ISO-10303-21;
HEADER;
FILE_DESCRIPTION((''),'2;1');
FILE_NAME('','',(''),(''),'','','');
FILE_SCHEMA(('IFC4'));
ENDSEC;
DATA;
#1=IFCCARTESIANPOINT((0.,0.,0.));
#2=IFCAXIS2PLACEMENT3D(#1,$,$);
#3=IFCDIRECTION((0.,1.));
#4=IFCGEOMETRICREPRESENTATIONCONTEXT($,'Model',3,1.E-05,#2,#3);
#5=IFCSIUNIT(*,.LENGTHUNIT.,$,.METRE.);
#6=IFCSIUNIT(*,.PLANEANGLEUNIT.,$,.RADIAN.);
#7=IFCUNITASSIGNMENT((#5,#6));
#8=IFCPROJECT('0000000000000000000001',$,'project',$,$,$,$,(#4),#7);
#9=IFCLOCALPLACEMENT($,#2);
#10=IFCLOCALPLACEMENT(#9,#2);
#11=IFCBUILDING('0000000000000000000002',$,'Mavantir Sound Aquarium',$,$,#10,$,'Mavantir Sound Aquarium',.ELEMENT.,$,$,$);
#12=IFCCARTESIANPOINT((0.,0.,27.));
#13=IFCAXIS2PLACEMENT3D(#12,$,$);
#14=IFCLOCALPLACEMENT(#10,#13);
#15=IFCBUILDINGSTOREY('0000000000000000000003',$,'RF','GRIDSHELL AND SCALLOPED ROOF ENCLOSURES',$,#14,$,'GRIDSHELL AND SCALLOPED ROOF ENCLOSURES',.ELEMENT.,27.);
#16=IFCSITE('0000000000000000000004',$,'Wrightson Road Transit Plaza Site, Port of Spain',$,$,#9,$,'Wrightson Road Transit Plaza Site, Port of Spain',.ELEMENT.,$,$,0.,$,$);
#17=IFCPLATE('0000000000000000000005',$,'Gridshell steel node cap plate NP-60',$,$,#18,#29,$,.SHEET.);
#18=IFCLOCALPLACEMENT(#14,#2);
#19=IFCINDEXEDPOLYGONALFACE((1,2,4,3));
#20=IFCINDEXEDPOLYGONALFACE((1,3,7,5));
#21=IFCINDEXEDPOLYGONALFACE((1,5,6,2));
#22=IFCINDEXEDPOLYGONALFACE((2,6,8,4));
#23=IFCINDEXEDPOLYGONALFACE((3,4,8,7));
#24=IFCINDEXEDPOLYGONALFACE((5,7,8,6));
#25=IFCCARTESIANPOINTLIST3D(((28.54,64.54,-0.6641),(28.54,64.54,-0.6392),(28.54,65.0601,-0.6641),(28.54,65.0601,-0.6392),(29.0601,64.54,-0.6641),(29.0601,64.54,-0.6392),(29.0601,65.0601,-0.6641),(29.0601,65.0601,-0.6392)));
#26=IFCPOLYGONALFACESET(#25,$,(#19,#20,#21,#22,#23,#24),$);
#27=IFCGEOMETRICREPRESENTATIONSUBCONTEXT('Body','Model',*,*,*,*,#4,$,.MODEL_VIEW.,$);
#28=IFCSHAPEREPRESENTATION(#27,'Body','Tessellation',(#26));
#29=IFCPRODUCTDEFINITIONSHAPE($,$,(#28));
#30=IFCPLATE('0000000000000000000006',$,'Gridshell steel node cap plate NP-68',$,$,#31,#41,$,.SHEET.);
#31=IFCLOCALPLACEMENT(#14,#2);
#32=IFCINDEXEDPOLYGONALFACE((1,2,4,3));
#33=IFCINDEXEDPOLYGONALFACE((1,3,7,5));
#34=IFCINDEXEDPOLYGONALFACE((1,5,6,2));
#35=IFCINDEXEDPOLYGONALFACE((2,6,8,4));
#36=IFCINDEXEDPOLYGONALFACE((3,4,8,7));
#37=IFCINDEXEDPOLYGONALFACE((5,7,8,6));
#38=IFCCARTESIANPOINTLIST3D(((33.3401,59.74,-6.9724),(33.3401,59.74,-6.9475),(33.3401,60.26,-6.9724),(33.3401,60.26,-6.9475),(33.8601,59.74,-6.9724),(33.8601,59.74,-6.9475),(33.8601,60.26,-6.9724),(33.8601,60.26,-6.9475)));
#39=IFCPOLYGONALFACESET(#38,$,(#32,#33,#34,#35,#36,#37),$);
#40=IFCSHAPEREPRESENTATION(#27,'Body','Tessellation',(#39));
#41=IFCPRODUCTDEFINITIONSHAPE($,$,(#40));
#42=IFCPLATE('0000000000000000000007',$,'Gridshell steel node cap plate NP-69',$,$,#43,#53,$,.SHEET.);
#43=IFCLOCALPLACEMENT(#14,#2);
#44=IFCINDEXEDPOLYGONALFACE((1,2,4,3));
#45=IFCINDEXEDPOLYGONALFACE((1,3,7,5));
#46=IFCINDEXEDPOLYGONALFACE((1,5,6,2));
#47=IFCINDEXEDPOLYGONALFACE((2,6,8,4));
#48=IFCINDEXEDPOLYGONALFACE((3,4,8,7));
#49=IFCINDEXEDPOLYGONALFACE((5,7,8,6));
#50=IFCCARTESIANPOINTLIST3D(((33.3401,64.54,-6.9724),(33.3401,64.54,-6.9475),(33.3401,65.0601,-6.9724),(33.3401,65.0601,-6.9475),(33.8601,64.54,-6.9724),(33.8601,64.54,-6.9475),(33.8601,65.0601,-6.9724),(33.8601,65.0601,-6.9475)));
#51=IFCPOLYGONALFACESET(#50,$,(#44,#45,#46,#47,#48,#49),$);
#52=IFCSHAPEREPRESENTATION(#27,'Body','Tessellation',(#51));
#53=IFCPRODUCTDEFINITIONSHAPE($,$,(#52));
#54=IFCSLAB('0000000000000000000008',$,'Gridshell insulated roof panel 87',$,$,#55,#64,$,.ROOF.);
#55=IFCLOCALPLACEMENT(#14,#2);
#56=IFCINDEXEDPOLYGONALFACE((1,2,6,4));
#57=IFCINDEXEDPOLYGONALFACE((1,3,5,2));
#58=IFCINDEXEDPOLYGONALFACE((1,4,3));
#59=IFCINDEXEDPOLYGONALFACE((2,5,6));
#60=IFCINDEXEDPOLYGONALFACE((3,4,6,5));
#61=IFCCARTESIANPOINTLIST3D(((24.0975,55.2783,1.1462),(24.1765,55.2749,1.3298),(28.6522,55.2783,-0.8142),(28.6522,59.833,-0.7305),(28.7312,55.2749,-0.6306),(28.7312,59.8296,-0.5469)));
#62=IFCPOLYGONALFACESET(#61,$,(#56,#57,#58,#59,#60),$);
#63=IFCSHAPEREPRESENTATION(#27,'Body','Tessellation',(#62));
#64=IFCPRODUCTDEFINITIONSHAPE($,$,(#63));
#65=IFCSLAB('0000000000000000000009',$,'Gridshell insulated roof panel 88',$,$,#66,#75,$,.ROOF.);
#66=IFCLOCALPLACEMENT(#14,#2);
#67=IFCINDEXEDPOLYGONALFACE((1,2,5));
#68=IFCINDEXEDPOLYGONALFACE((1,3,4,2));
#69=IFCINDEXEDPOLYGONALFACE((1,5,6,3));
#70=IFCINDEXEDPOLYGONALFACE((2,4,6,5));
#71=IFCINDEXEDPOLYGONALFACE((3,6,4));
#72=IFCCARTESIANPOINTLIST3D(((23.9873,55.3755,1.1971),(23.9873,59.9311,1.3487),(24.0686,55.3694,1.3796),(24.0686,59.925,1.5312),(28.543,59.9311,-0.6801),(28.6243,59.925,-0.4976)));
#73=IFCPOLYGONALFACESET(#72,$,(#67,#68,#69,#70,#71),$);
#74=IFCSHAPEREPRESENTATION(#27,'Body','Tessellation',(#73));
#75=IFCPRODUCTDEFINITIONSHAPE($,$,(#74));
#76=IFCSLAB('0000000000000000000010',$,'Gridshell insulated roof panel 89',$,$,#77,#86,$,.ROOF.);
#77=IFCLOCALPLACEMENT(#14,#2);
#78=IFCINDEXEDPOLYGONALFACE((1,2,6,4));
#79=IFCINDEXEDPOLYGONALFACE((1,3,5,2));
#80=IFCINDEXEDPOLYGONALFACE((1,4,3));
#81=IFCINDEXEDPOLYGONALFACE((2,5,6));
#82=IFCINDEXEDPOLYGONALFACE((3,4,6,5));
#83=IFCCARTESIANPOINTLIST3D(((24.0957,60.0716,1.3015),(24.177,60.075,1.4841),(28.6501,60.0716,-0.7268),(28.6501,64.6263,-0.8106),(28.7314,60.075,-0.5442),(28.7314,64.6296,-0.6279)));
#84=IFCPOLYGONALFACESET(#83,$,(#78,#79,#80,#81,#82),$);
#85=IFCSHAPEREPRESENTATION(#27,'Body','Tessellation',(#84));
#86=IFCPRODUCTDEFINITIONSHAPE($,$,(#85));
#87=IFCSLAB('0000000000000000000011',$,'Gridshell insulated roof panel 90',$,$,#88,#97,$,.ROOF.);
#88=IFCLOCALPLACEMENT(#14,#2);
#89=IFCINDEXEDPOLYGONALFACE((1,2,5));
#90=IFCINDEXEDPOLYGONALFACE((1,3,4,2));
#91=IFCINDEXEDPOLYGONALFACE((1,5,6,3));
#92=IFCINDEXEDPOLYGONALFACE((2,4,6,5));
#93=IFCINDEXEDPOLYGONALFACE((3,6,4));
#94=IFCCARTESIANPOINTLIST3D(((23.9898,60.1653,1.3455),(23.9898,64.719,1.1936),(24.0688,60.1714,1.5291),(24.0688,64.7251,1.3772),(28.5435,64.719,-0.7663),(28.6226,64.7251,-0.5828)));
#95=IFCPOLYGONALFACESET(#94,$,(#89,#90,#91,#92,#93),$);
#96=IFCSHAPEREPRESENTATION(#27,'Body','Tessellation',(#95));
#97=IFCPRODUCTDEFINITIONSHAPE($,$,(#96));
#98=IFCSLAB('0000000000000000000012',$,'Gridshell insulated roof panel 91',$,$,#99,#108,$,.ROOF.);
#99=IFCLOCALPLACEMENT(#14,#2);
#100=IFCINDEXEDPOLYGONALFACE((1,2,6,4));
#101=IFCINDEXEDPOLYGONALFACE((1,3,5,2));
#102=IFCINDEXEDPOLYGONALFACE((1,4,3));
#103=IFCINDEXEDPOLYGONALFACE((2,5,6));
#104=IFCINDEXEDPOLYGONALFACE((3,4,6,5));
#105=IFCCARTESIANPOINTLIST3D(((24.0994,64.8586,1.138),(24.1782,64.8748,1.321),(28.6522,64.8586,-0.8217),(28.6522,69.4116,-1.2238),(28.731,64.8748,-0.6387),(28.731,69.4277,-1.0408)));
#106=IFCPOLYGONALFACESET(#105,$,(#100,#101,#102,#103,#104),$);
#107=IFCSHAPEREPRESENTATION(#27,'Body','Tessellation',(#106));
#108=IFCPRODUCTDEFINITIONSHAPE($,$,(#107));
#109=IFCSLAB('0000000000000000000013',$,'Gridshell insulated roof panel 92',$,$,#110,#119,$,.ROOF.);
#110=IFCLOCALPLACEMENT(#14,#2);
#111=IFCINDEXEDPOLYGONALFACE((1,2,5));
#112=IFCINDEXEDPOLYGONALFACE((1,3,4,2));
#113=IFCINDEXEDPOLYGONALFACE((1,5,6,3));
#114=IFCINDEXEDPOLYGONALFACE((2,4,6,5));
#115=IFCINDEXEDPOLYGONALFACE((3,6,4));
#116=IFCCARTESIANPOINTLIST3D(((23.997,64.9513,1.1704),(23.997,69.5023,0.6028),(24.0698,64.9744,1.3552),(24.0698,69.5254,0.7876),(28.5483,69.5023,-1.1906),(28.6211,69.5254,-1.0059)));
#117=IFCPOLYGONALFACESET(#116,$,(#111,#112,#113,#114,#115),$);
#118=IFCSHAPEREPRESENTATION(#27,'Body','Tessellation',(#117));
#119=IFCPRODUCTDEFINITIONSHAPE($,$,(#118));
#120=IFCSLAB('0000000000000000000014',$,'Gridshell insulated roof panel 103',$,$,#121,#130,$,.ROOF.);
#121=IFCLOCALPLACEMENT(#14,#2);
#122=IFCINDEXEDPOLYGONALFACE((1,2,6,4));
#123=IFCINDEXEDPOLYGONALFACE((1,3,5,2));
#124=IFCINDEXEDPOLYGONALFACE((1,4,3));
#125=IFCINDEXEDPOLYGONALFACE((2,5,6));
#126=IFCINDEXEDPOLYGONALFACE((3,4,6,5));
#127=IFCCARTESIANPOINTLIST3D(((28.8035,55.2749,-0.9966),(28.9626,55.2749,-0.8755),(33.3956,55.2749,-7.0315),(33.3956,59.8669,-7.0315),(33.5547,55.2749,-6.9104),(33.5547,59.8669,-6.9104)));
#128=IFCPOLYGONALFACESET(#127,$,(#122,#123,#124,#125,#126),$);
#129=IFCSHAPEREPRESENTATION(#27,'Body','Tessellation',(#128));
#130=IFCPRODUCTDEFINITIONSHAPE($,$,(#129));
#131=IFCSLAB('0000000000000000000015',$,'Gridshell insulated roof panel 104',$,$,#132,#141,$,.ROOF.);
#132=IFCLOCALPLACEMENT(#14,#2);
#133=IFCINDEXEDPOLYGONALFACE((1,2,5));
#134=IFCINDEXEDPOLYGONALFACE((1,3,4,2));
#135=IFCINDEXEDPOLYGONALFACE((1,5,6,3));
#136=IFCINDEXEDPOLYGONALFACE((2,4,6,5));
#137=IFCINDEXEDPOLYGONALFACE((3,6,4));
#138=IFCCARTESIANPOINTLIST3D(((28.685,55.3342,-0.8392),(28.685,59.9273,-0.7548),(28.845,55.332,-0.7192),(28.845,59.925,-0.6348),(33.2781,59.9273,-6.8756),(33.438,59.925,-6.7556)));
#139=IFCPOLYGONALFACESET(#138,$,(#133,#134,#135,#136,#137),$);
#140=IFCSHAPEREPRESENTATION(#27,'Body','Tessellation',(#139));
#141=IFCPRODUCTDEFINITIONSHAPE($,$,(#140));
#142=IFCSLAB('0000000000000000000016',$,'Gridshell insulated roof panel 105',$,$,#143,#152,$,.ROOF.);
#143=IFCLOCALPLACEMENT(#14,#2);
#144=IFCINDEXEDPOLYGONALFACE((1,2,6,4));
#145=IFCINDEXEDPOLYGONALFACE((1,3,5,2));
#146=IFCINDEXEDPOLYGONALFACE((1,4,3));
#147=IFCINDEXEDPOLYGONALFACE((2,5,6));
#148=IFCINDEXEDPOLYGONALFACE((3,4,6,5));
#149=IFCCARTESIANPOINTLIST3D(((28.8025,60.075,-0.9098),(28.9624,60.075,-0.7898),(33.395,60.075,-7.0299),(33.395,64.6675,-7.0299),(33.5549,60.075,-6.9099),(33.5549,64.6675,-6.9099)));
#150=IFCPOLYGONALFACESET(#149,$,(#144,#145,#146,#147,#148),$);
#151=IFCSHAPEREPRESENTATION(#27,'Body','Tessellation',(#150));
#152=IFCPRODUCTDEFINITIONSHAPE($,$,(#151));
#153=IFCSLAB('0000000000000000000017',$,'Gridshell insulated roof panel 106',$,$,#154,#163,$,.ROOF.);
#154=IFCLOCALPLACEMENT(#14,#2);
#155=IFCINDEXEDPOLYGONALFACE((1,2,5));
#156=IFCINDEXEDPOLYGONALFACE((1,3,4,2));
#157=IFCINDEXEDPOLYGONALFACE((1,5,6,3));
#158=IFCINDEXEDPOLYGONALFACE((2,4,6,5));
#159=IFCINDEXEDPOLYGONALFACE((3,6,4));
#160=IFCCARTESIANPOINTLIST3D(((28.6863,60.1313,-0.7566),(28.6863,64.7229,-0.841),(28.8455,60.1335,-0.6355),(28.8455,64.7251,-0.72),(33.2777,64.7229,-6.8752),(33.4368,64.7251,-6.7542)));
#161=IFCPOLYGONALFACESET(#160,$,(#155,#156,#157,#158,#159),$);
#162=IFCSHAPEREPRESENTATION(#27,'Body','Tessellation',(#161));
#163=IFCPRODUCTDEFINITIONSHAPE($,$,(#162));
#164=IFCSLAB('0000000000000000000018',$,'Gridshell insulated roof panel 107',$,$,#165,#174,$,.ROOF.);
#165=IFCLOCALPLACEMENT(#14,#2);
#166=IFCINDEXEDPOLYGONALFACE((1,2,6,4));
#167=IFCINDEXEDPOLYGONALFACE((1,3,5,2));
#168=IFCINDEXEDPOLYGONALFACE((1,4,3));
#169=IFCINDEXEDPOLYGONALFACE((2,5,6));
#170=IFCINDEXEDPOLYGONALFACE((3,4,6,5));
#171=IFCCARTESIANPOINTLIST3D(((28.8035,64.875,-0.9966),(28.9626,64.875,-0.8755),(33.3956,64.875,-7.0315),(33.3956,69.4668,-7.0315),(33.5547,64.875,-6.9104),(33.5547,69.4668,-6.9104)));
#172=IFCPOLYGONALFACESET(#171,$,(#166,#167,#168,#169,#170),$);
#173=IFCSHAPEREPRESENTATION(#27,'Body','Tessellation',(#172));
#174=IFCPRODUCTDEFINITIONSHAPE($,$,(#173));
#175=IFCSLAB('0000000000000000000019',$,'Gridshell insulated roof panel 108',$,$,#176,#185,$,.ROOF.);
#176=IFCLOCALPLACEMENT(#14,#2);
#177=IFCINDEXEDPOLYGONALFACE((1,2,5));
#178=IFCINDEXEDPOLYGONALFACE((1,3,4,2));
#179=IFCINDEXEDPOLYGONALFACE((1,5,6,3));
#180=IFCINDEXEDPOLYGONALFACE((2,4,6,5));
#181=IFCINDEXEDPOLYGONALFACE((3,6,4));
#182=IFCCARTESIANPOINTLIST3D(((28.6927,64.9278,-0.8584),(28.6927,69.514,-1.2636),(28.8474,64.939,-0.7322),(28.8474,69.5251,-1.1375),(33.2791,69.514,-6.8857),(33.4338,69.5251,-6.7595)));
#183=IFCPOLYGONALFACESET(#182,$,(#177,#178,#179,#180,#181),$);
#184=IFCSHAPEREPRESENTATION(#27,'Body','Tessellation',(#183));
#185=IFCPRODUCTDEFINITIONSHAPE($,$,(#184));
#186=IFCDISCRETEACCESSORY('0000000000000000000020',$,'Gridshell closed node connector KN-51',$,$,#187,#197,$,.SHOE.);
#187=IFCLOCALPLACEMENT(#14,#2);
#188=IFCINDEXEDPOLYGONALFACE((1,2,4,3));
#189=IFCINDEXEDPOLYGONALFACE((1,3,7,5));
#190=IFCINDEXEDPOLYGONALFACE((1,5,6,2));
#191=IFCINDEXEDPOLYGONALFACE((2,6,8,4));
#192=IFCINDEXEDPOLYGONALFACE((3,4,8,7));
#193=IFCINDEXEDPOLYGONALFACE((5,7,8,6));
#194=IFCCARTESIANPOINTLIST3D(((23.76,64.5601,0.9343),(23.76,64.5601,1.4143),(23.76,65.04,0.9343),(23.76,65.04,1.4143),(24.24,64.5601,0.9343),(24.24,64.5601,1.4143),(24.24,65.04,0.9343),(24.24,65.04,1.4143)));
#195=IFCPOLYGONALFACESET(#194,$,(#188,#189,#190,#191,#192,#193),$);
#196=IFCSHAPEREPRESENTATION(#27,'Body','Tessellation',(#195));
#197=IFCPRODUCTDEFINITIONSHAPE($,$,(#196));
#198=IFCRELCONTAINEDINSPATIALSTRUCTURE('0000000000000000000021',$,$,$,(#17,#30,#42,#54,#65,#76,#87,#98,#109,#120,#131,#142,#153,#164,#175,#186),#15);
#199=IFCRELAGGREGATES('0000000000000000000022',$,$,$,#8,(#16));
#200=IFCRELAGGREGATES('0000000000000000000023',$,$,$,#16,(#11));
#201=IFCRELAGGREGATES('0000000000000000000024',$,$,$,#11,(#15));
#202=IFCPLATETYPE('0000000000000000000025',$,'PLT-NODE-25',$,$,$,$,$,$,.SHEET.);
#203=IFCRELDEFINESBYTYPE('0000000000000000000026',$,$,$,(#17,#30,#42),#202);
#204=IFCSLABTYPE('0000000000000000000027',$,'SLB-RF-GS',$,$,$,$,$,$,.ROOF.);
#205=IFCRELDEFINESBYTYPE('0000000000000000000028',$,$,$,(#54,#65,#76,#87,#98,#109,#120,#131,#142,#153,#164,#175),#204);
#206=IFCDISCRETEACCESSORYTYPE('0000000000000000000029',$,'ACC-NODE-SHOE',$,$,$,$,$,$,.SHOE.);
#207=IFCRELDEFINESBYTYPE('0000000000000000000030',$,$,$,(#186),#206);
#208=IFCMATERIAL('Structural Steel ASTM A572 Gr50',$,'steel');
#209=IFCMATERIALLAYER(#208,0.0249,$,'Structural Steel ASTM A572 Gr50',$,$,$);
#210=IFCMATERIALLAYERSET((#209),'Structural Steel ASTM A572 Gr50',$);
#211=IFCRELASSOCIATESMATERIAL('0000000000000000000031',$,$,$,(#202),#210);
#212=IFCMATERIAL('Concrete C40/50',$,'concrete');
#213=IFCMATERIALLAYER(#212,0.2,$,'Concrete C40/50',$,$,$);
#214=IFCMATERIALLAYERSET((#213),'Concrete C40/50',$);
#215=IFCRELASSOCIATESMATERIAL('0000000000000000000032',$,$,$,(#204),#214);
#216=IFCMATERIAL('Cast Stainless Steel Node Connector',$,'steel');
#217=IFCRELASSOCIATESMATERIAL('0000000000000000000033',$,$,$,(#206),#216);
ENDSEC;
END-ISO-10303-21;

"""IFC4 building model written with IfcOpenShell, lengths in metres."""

from ifc_helpers import new_model, si_unit, direction, frame, origin, origin_2d, place, context, subcontext, project, spatial, polyline, rectangle, outline, extrude, material, layer, layer_set, type_object, element, save


model = new_model("IFC4")

# Units and contexts
model_context = context("Model", 3, precision=1e-05, world=origin(), true_north=direction((0.0, 1.0)))
body_context = subcontext(model_context, "Body", "Model", "MODEL_VIEW")
ifc_project = project(units=[si_unit("LENGTHUNIT", "METRE"), si_unit("PLANEANGLEUNIT", "RADIAN")], contexts=[model_context])

# Site, building, storey
site_placement = place(None, origin())
site = spatial("IfcSite", under=ifc_project, at=site_placement, Name="Wrightson Road Transit Plaza Site, Port of Spain", LongName="Wrightson Road Transit Plaza Site, Port of Spain", CompositionType="ELEMENT", RefElevation=0.0)
building_placement = place(site_placement, origin())
building = spatial("IfcBuilding", under=site, at=building_placement, Name="Mavantir Sound Aquarium", LongName="Mavantir Sound Aquarium", CompositionType="ELEMENT")
storey_placement = place(building_placement, frame((0.0, 0.0, 27.0)))
storey = spatial("IfcBuildingStorey", under=building, at=storey_placement, Name="RF", Description="GRIDSHELL AND SCALLOPED ROOF ENCLOSURES", LongName="GRIDSHELL AND SCALLOPED ROOF ENCLOSURES", CompositionType="ELEMENT", Elevation=27.0)

# Plates
ifc_material_1 = material(Name="Structural Steel ASTM A572 Gr50", Category="steel")
ifc_layer_1 = layer(ifc_material_1, 0.0249, Name="Structural Steel ASTM A572 Gr50")
ifc_layer_set_1 = layer_set([ifc_layer_1], Name="Structural Steel ASTM A572 Gr50")
plate_type_1 = type_object("IfcPlateType", Name="PLT-NODE-25", PredefinedType="SHEET", material=ifc_layer_set_1)
for number, where, z_axis, x_axis, name in (
    (1, (28.8, 64.8, -0.6641), (0.0, 0.0, 1.0), (1.0, 0.0, 0.0), "Gridshell steel node cap plate NP-60"),
    (2, (33.6001, 60.0, -6.9724), (0.0, 0.0, 1.0), (1.0, 0.0, 0.0), "Gridshell steel node cap plate NP-68"),
    (3, (33.6001, 64.8, -6.9724), (0.0, 0.0, 1.0), (1.0, 0.0, 0.0), "Gridshell steel node cap plate NP-69"),
):
    element("IfcPlate", number, at=place(storey_placement, frame(where, z_axis=z_axis, x_axis=x_axis)), inside=storey, type_object=plate_type_1, Name=name, PredefinedType="SHEET", context=body_context, shape_type="SweptSolid", body=[
        extrude(rectangle(XDim=0.52, YDim=0.52, at=origin_2d()), origin(), (0.0, 0.0, 1.0), 0.0249),
    ])

# Slabs
ifc_material_2 = material(Name="Concrete C40/50", Category="concrete")
ifc_layer_2 = layer(ifc_material_2, 0.2, Name="Concrete C40/50")
ifc_layer_set_2 = layer_set([ifc_layer_2], Name="Concrete C40/50")
slab_type = type_object("IfcSlabType", Name="SLB-RF-GS", PredefinedType="ROOF", material=ifc_layer_set_2)
slab_1_placement = place(storey_placement, frame((24.1765, 55.2749, 1.3298), z_axis=(0.3953, -0.016885, 0.918397), x_axis=(0.918528, 0.0, -0.395357)))
element("IfcSlab", 4, at=slab_1_placement, inside=storey, type_object=slab_type, Name="Gridshell insulated roof panel 87", PredefinedType="ROOF", context=body_context, shape_type="SweptSolid", body=[
    extrude(outline(polyline([(0.0, 0.0), (4.9587, 0.0), (4.9256, 4.5553), (0.0, 0.0)])), origin(), (0.0, 0.0, -1.0), 0.2),
])
slab_2_placement = place(storey_placement, frame((24.0686, 55.3694, 1.3796), z_axis=(0.406632, -0.030387, 0.913087), x_axis=(0.678877, 0.678877, -0.279737)))
element("IfcSlab", 5, at=slab_2_placement, inside=storey, type_object=slab_type, Name="Gridshell insulated roof panel 88", PredefinedType="ROOF", context=body_context, shape_type="SweptSolid", body=[
    extrude(outline(polyline([(0.0, 0.0), (6.7106, 0.0), (3.0503, 3.3871), (0.0, 0.0)])), origin(), (0.0, 0.0, -1.0), 0.2),
])
slab_3_placement = place(storey_placement, frame((24.177, 60.075, 1.4841), z_axis=(0.406772, 0.016793, 0.913376), x_axis=(0.913504, 0.0, -0.406829)))
element("IfcSlab", 6, at=slab_3_placement, inside=storey, type_object=slab_type, Name="Gridshell insulated roof panel 89", PredefinedType="ROOF", context=body_context, shape_type="SweptSolid", body=[
    extrude(outline(polyline([(0.0, 0.0), (4.9857, 0.0), (5.0198, 4.5553), (0.0, 0.0)])), origin(), (0.0, 0.0, -1.0), 0.2),
])
slab_4_placement = place(storey_placement, frame((24.0688, 60.1714, 1.5291), z_axis=(0.39516, 0.030617, 0.918102), x_axis=(0.671902, 0.671902, -0.3116)))
element("IfcSlab", 7, at=slab_4_placement, inside=storey, type_object=slab_type, Name="Gridshell insulated roof panel 90", PredefinedType="ROOF", context=body_context, shape_type="SweptSolid", body=[
    extrude(outline(polyline([(0.0, 0.0), (6.7773, 0.0), (3.107, 3.3326), (0.0, 0.0)])), origin(), (0.0, 0.0, -1.0), 0.2),
])
slab_5_placement = place(storey_placement, frame((24.1782, 64.8748, 1.321), z_axis=(0.394081, 0.080854, 0.915512), x_axis=(0.91852, 0.0, -0.395375)))
element("IfcSlab", 8, at=slab_5_placement, inside=storey, type_object=slab_type, Name="Gridshell insulated roof panel 91", PredefinedType="ROOF", context=body_context, shape_type="SweptSolid", body=[
    extrude(outline(polyline([(0.0, 0.0), (4.9566, 0.0), (5.1156, 4.5679), (0.0, 0.0)])), origin(), (0.0, 0.0, -1.0), 0.2),
])
slab_6_placement = place(storey_placement, frame((24.0698, 64.9744, 1.3552), z_axis=(0.364175, 0.115267, 0.92417), x_axis=(0.663867, 0.663831, -0.344397)))
element("IfcSlab", 9, at=slab_6_placement, inside=storey, type_object=slab_type, Name="Gridshell insulated roof panel 92", PredefinedType="ROOF", context=body_context, shape_type="SweptSolid", body=[
    extrude(outline(polyline([(0.0, 0.0), (6.8557, 0.0), (3.2166, 3.2692), (0.0, 0.0)])), origin(), (0.0, 0.0, -1.0), 0.2),
])
slab_7_placement = place(storey_placement, frame((28.9626, 55.2749, -0.8755), z_axis=(0.795812, 0.0, 0.605544), x_axis=(0.605544, 0.0, -0.795812)))
element("IfcSlab", 10, at=slab_7_placement, inside=storey, type_object=slab_type, Name="Gridshell insulated roof panel 103", PredefinedType="ROOF", context=body_context, shape_type="SweptSolid", body=[
    extrude(outline(polyline([(0.0, 0.0), (7.5833, 0.0), (7.5833, 4.592), (0.0, 0.0)])), origin(), (0.0, 0.0, -1.0), 0.2),
])
slab_8_placement = place(storey_placement, frame((28.845, 55.332, -0.7192), z_axis=(0.799802, -0.011038, 0.600162), x_axis=(0.517971, 0.517971, -0.680744)))
element("IfcSlab", 11, at=slab_8_placement, inside=storey, type_object=slab_type, Name="Gridshell insulated roof panel 104", PredefinedType="ROOF", context=body_context, shape_type="SweptSolid", body=[
    extrude(outline(polyline([(0.0, 0.0), (8.8673, 0.0), (2.3215, 3.964), (0.0, 0.0)])), origin(), (0.0, 0.0, -1.0), 0.2),
])
slab_9_placement = place(storey_placement, frame((28.9624, 60.075, -0.7898), z_axis=(0.799847, 0.0, 0.600204), x_axis=(0.600204, 0.0, -0.799847)))
element("IfcSlab", 12, at=slab_9_placement, inside=storey, type_object=slab_type, Name="Gridshell insulated roof panel 105", PredefinedType="ROOF", context=body_context, shape_type="SweptSolid", body=[
    extrude(outline(polyline([(0.0, 0.0), (7.6516, 0.0), (7.6516, 4.5925), (0.0, 0.0)])), origin(), (0.0, 0.0, -1.0), 0.2),
])
slab_10_placement = place(storey_placement, frame((28.8455, 60.1335, -0.6355), z_axis=(0.795774, 0.011139, 0.605491), x_axis=(0.514611, 0.514638, -0.685801)))
element("IfcSlab", 13, at=slab_10_placement, inside=storey, type_object=slab_type, Name="Gridshell insulated roof panel 106", PredefinedType="ROOF", context=body_context, shape_type="SweptSolid", body=[
    extrude(outline(polyline([(0.0, 0.0), (8.9219, 0.0), (2.4209, 3.9024), (0.0, 0.0)])), origin(), (0.0, 0.0, -1.0), 0.2),
])
slab_11_placement = place(storey_placement, frame((28.9626, 64.875, -0.8755), z_axis=(0.795812, 0.0, 0.605544), x_axis=(0.605544, 0.0, -0.795812)))
element("IfcSlab", 14, at=slab_11_placement, inside=storey, type_object=slab_type, Name="Gridshell insulated roof panel 107", PredefinedType="ROOF", context=body_context, shape_type="SweptSolid", body=[
    extrude(outline(polyline([(0.0, 0.0), (7.5833, 0.0), (7.5833, 4.5918), (0.0, 0.0)])), origin(), (0.0, 0.0, -1.0), 0.2),
])
slab_12_placement = place(storey_placement, frame((28.8474, 64.939, -0.7322), z_axis=(0.773659, 0.055773, 0.631143), x_axis=(0.517993, 0.517966, -0.680731)))
element("IfcSlab", 15, at=slab_12_placement, inside=storey, type_object=slab_type, Name="Gridshell insulated roof panel 108", PredefinedType="ROOF", context=body_context, shape_type="SweptSolid", body=[
    extrude(outline(polyline([(0.0, 0.0), (8.8542, 0.0), (2.6514, 3.764), (0.0, 0.0)])), origin(), (0.0, 0.0, -1.0), 0.2),
])

# Discrete accessory
ifc_material_3 = material(Name="Cast Stainless Steel Node Connector", Category="steel")
discrete_accessory_type = type_object("IfcDiscreteAccessoryType", Name="ACC-NODE-SHOE", PredefinedType="SHOE", material=ifc_material_3)
for number, where, z_axis, x_axis, name in (
    (16, (24.0, 64.8, 0.9343), (0.0, 0.0, 1.0), (1.0, 0.0, 0.0), "Gridshell closed node connector KN-51"),
):
    element("IfcDiscreteAccessory", number, at=place(storey_placement, frame(where, z_axis=z_axis, x_axis=x_axis)), inside=storey, type_object=discrete_accessory_type, Name=name, PredefinedType="SHOE", context=body_context, shape_type="SweptSolid", body=[
        extrude(rectangle(XDim=0.48, YDim=0.48, at=origin_2d()), origin(), (0.0, 0.0, 1.0), 0.48),
    ])

save(model, "model.ifc")
